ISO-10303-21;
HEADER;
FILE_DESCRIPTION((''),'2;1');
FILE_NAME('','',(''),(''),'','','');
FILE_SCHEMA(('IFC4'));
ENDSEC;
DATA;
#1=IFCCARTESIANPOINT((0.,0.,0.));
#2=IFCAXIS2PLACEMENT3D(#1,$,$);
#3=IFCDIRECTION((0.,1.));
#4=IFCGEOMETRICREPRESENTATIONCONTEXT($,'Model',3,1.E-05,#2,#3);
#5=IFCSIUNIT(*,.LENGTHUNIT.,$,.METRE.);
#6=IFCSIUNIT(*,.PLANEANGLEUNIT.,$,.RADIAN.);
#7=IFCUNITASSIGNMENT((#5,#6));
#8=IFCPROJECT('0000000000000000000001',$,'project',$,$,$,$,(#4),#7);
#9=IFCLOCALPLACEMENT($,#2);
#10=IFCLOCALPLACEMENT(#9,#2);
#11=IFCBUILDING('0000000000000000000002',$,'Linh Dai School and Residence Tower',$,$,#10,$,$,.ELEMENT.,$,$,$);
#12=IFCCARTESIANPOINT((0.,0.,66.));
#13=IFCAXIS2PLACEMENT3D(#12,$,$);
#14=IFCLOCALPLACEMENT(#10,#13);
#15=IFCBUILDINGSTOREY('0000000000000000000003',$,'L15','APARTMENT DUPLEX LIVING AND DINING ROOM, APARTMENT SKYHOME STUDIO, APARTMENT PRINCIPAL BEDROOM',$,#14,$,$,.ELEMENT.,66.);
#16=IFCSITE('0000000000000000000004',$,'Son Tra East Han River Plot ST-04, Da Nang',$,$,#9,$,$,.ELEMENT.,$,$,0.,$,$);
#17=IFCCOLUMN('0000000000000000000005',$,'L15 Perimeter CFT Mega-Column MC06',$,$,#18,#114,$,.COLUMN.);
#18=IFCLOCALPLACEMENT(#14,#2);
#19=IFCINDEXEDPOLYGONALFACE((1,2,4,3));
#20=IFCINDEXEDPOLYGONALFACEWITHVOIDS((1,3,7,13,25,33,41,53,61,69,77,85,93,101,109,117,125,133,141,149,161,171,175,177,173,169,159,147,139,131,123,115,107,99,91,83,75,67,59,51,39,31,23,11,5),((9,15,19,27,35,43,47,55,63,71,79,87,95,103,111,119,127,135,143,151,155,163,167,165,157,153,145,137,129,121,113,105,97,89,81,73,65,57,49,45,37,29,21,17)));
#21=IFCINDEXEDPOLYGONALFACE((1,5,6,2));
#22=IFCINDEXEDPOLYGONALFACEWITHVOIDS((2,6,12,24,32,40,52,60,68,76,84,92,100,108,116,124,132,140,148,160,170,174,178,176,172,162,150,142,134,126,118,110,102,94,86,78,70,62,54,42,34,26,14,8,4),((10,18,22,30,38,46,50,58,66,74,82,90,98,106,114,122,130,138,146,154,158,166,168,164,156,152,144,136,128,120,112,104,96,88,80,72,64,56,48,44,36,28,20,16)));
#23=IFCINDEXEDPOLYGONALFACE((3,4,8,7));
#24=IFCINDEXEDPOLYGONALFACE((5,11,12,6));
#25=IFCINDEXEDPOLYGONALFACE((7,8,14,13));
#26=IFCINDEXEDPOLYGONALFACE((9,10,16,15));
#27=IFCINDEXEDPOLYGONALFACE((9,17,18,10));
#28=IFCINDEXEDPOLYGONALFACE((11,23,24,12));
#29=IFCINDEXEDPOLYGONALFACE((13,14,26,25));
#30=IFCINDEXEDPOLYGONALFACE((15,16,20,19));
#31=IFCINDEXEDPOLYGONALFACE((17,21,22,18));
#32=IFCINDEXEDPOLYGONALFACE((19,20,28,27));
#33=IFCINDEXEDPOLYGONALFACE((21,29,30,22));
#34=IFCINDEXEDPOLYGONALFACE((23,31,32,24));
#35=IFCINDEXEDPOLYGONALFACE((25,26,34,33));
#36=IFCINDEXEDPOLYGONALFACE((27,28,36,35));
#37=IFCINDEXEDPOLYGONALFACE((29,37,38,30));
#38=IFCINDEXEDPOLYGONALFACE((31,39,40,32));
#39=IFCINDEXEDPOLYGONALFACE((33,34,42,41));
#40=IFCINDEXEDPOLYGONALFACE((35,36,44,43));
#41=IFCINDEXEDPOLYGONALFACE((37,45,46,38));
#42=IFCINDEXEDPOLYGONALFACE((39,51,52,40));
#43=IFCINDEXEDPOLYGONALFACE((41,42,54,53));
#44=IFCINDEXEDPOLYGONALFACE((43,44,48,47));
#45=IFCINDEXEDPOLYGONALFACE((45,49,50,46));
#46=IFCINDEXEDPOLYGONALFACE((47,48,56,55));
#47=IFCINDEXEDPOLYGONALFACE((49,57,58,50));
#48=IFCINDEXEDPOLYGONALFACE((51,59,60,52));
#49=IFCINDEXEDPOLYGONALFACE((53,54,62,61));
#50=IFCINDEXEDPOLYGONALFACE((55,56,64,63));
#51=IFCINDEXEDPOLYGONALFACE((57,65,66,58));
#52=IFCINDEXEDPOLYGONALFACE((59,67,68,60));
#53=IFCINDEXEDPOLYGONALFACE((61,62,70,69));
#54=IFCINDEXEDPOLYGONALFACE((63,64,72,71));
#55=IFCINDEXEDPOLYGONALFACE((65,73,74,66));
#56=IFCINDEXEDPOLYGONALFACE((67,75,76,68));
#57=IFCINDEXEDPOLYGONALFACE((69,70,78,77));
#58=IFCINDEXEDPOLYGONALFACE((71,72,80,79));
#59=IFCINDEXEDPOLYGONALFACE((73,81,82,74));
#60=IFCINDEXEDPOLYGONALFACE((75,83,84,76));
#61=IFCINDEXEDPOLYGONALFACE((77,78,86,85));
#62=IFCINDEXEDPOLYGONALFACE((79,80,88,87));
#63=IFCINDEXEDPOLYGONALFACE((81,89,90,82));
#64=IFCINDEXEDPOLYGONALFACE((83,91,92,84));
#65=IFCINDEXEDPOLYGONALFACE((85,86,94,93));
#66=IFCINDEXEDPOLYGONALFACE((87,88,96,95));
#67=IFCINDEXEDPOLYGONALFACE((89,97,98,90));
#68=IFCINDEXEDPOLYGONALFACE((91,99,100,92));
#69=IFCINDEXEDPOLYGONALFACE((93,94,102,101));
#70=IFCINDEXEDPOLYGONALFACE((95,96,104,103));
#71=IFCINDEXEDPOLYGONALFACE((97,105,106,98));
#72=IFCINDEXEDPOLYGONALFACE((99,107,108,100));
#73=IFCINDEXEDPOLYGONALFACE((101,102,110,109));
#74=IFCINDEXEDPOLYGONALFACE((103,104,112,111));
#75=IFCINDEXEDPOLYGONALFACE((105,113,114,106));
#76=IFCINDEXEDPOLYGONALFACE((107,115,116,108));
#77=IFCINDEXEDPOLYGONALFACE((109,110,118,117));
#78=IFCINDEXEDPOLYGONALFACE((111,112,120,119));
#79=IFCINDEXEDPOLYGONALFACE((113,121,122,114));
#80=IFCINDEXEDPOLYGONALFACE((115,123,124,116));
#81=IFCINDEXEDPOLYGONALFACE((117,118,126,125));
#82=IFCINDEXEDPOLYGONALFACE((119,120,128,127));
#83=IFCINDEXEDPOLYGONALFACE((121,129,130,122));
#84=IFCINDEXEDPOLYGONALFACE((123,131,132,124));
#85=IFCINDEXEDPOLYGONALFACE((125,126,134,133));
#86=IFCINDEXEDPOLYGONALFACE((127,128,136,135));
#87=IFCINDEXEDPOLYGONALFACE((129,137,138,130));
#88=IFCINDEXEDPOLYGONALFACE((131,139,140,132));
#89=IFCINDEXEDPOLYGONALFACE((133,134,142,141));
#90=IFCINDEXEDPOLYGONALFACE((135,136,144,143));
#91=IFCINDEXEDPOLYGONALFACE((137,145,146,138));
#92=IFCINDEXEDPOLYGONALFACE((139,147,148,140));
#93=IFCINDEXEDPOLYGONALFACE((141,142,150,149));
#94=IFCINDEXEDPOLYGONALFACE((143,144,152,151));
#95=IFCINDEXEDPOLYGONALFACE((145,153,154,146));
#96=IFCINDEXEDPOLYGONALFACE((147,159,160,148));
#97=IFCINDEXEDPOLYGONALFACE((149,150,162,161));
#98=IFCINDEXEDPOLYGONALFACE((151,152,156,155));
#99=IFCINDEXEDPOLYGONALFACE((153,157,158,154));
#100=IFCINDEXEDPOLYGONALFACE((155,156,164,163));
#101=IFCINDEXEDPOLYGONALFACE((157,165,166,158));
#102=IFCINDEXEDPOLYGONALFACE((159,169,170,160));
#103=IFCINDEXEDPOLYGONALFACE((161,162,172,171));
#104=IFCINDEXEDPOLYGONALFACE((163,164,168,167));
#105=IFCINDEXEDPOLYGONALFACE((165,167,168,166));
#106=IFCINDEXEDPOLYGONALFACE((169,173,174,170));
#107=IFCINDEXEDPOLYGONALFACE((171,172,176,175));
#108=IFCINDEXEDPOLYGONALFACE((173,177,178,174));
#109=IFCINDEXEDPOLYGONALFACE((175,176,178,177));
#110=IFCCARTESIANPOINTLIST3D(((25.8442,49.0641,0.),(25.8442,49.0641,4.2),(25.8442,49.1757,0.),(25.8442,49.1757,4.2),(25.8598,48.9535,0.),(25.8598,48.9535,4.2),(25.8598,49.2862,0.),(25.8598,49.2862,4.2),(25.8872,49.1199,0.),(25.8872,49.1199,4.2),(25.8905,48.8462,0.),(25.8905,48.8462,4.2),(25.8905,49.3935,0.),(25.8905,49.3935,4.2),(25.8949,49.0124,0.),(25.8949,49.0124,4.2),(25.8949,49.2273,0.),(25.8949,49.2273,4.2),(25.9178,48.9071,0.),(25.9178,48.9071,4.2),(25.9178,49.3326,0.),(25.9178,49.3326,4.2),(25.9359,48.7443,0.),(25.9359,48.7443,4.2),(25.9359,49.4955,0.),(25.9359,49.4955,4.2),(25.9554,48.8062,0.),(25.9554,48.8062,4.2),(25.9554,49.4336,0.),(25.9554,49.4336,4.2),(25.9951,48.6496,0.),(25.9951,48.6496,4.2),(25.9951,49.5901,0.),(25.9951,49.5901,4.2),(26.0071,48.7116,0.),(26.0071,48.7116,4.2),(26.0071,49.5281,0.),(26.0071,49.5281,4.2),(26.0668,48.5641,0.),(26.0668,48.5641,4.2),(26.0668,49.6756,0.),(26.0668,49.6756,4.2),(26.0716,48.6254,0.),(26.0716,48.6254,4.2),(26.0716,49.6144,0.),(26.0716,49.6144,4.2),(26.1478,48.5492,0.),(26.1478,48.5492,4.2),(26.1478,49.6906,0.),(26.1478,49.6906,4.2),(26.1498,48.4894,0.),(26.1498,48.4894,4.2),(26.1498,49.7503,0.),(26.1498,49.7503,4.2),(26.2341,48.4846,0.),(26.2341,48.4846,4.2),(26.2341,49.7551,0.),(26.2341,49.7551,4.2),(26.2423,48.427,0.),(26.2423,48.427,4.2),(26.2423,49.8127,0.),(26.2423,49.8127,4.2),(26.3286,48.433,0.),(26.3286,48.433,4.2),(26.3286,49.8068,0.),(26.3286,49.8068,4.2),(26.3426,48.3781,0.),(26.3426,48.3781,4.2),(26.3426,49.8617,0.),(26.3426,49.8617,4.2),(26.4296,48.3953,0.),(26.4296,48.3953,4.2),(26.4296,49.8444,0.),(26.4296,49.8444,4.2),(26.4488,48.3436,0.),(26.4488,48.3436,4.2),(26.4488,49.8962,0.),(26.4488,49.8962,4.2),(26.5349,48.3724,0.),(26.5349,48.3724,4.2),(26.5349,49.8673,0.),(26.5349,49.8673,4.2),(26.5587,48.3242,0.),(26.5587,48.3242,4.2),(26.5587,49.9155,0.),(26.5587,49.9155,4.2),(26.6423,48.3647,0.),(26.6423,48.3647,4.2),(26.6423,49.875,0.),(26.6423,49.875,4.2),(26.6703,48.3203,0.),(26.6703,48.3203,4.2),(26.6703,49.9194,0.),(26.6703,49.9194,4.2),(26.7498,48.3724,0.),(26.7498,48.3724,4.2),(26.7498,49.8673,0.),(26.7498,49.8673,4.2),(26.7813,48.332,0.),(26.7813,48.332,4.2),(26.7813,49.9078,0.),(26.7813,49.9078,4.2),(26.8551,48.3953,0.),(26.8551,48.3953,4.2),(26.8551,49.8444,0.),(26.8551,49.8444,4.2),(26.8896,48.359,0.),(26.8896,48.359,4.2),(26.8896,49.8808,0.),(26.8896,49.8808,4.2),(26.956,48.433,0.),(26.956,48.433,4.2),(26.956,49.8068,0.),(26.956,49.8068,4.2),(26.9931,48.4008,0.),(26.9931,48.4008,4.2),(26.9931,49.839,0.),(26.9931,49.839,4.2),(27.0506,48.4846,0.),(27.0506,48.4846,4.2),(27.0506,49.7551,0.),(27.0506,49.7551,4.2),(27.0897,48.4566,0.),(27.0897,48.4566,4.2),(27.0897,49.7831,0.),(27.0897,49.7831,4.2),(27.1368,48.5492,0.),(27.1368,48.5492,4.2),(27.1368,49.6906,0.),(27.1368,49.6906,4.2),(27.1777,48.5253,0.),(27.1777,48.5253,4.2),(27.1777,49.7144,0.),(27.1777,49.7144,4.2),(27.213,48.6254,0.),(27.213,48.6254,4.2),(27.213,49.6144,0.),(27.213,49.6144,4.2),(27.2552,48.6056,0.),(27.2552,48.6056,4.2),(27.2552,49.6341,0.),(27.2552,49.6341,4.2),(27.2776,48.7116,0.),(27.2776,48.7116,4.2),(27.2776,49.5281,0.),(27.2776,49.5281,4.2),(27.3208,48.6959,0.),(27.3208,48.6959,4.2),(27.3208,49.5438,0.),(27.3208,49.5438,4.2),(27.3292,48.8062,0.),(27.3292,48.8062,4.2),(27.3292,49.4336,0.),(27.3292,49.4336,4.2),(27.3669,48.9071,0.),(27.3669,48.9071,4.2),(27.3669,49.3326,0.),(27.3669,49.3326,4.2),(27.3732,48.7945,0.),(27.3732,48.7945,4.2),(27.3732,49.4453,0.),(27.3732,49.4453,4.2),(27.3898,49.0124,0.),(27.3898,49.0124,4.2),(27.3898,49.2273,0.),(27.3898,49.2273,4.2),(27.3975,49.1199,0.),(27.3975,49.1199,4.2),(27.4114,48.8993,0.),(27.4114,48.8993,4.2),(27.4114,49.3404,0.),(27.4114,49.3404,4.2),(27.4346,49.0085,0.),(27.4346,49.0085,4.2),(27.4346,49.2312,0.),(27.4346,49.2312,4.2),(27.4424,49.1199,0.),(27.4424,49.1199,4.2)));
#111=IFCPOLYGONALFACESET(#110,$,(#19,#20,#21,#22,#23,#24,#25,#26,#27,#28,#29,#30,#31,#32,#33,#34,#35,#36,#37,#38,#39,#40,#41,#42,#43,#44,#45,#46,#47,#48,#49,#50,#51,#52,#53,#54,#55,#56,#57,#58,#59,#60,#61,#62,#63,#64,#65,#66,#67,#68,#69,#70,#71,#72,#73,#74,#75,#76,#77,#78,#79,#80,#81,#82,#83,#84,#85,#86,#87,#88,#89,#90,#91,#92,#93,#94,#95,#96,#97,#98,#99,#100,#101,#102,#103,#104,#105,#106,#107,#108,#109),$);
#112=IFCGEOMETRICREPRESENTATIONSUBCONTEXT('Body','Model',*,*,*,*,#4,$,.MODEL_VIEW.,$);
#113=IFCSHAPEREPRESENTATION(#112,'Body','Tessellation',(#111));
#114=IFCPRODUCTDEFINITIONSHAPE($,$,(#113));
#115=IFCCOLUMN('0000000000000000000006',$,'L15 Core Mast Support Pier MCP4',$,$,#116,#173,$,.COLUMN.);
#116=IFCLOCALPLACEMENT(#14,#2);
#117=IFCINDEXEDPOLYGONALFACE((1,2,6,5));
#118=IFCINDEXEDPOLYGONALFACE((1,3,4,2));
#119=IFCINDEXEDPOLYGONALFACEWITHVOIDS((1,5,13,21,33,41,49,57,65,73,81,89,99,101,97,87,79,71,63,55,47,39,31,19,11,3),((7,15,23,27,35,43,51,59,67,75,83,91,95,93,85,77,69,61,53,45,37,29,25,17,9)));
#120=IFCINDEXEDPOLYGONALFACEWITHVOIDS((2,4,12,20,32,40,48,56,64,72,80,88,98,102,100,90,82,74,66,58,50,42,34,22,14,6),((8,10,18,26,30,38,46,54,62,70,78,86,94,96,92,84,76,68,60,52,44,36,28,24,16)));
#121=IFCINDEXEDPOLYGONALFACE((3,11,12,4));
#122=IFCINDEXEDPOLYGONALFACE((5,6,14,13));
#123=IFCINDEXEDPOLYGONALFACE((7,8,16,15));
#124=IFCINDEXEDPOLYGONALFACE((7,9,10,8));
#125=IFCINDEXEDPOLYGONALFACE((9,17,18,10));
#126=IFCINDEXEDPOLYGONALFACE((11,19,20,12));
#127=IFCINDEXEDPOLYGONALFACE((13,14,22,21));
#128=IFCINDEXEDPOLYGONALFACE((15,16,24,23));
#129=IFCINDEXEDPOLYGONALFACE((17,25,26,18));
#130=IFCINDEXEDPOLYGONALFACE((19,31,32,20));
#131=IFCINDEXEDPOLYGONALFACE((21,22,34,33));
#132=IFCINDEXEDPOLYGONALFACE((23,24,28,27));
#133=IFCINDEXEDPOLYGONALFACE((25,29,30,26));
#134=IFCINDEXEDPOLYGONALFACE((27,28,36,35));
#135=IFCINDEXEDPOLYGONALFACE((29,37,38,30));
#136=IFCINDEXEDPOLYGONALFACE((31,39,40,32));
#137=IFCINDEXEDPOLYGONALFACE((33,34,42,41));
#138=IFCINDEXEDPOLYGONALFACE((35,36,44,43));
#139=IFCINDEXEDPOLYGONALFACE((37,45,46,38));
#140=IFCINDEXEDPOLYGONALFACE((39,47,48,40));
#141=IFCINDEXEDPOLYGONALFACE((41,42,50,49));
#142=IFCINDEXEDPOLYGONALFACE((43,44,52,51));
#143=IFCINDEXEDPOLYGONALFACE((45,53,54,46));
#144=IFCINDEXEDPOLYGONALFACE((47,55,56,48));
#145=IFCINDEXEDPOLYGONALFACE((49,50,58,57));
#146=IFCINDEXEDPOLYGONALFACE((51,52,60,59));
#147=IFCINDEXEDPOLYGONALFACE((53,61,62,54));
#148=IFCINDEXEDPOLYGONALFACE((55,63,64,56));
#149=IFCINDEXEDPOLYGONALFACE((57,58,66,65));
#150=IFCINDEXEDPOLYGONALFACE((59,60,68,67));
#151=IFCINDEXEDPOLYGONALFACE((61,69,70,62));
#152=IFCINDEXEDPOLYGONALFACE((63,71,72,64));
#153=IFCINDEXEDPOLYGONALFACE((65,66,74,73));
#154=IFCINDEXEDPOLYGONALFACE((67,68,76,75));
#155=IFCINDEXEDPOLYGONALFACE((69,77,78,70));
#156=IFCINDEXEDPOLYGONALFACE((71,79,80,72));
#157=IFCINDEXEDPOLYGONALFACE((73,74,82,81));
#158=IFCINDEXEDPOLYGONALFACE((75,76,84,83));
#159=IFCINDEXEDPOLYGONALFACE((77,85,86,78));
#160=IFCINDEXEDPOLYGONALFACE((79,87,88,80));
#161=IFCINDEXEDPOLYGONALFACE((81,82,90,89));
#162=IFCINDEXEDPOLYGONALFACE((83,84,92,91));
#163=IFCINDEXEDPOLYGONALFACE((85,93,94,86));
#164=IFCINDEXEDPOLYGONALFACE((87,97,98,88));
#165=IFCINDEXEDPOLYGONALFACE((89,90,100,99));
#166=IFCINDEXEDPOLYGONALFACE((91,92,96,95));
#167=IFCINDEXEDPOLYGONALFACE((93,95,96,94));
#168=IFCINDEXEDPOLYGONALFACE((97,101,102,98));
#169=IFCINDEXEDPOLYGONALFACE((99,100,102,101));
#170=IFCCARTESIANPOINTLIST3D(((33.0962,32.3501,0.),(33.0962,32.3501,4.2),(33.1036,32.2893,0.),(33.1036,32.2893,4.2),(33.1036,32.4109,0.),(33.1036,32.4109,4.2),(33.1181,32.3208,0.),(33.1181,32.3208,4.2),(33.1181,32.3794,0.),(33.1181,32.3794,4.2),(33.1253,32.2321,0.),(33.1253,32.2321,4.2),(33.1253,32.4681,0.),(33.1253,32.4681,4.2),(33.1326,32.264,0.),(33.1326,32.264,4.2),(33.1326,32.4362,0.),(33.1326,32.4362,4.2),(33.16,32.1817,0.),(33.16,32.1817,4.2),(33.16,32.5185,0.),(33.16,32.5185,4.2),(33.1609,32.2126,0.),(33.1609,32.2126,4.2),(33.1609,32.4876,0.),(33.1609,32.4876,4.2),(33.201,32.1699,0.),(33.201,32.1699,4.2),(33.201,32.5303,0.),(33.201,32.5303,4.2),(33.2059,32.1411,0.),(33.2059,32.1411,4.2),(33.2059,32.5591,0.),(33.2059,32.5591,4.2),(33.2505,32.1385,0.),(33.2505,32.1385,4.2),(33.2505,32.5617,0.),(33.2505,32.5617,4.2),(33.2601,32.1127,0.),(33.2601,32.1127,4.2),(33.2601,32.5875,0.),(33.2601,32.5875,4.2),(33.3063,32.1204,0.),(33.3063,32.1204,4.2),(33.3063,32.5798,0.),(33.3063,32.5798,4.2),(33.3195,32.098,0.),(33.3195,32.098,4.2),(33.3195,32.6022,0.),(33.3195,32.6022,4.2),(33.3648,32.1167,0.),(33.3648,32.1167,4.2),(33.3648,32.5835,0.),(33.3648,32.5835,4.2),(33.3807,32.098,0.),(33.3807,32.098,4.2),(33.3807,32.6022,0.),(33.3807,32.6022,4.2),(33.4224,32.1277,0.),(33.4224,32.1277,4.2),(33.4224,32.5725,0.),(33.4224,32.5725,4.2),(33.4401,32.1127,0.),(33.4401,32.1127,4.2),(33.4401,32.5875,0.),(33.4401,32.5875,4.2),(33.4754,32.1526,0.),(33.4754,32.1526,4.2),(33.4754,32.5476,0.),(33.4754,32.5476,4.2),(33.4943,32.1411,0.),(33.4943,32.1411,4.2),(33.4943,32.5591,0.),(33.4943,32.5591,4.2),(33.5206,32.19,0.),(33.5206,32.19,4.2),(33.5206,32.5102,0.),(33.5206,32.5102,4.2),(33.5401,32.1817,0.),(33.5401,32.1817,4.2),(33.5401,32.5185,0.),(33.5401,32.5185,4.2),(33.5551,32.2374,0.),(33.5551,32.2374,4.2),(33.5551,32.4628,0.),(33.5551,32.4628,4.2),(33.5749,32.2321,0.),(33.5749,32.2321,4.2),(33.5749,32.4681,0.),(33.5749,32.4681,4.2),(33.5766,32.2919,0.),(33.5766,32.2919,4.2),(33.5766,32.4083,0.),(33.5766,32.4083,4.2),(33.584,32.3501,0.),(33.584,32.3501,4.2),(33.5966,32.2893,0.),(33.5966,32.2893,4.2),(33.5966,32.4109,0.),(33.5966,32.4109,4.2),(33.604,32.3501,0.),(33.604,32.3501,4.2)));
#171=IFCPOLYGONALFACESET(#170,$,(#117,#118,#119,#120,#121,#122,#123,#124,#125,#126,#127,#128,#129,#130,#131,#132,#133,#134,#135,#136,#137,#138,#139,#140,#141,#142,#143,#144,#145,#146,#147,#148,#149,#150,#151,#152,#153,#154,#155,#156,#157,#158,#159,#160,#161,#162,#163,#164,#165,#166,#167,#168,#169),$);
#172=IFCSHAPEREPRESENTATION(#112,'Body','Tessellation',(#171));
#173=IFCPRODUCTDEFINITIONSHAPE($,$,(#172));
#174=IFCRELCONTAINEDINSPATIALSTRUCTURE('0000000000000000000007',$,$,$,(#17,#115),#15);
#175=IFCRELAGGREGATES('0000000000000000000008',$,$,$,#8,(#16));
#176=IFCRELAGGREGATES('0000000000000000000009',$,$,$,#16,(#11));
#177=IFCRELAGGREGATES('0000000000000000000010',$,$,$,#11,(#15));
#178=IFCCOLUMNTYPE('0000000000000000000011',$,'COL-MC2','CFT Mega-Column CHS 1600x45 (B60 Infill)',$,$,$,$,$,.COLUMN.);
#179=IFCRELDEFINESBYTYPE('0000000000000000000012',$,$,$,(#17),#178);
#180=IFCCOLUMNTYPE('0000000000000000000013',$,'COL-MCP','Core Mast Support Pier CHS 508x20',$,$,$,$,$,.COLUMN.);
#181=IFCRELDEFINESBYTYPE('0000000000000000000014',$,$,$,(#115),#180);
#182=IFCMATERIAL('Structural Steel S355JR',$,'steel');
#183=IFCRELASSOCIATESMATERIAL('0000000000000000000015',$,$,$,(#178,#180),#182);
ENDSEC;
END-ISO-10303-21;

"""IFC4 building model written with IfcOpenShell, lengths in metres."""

from ifc_helpers import new_model, si_unit, direction, frame, origin, origin_2d, place, context, subcontext, project, spatial, hollow_circle, extrude, material, material_profile, profile_set, type_object, element, save


model = new_model("IFC4")

# Units and contexts
model_context = context("Model", 3, precision=1e-05, world=origin(), true_north=direction((0.0, 1.0)))
body_context = subcontext(model_context, "Body", "Model", "MODEL_VIEW")
ifc_project = project(units=[si_unit("LENGTHUNIT", "METRE"), si_unit("PLANEANGLEUNIT", "RADIAN")], contexts=[model_context])

# Site, building, storey
site_placement = place(None, origin())
site = spatial("IfcSite", under=ifc_project, at=site_placement, Name="Son Tra East Han River Plot ST-04, Da Nang", CompositionType="ELEMENT", RefElevation=0.0)
building_placement = place(site_placement, origin())
building = spatial("IfcBuilding", under=site, at=building_placement, Name="Linh Dai School and Residence Tower", CompositionType="ELEMENT")
storey_placement = place(building_placement, frame((0.0, 0.0, 66.0)))
storey = spatial("IfcBuildingStorey", under=building, at=storey_placement, Name="L15", Description="APARTMENT DUPLEX LIVING AND DINING ROOM, APARTMENT SKYHOME STUDIO, APARTMENT PRINCIPAL BEDROOM", CompositionType="ELEMENT", Elevation=66.0)

# Columns
ifc_material_1 = material(Name="Structural Steel S355JR", Category="steel")
ifc_material_profile_1 = material_profile(ifc_material_1, hollow_circle(Radius=0.8, WallThickness=0.0449, at=origin_2d()), Name="CHS 1600x45")
ifc_profile_set_1 = profile_set([ifc_material_profile_1], Name="Structural Steel S355JR")
column_type_1 = type_object("IfcColumnType", Name="COL-MC2", Description="CFT Mega-Column CHS 1600x45 (B60 Infill)", PredefinedType="COLUMN", material=ifc_profile_set_1)
column_1_placement = place(storey_placement, frame((26.6423, 49.1199, 0.0), z_axis=(0.0, 0.0, 1.0), x_axis=(1.0, 0.0, 0.0)))
element("IfcColumn", 1, at=column_1_placement, inside=storey, type_object=column_type_1, Name="L15 Perimeter CFT Mega-Column MC06", PredefinedType="COLUMN", context=body_context, shape_type="SweptSolid", body=[
    extrude(hollow_circle(Radius=0.8, WallThickness=0.0449, at=origin_2d()), origin(), (0.0, 0.0, 1.0), 4.2),
])
ifc_material_profile_2 = material_profile(ifc_material_1, hollow_circle(Radius=0.2539, WallThickness=0.02, at=origin_2d()), Name="CHS 508x20")
ifc_profile_set_2 = profile_set([ifc_material_profile_2], Name="Structural Steel S355JR")
column_type_2 = type_object("IfcColumnType", Name="COL-MCP", Description="Core Mast Support Pier CHS 508x20", PredefinedType="COLUMN", material=ifc_profile_set_2)
column_2_placement = place(storey_placement, frame((33.3501, 32.3501, 0.0), z_axis=(0.0, 0.0, 1.0), x_axis=(1.0, 0.0, 0.0)))
element("IfcColumn", 2, at=column_2_placement, inside=storey, type_object=column_type_2, Name="L15 Core Mast Support Pier MCP4", PredefinedType="COLUMN", context=body_context, shape_type="SweptSolid", body=[
    extrude(hollow_circle(Radius=0.2539, WallThickness=0.02, at=origin_2d()), origin(), (0.0, 0.0, 1.0), 4.2),
])

save(model, "model.ifc")
